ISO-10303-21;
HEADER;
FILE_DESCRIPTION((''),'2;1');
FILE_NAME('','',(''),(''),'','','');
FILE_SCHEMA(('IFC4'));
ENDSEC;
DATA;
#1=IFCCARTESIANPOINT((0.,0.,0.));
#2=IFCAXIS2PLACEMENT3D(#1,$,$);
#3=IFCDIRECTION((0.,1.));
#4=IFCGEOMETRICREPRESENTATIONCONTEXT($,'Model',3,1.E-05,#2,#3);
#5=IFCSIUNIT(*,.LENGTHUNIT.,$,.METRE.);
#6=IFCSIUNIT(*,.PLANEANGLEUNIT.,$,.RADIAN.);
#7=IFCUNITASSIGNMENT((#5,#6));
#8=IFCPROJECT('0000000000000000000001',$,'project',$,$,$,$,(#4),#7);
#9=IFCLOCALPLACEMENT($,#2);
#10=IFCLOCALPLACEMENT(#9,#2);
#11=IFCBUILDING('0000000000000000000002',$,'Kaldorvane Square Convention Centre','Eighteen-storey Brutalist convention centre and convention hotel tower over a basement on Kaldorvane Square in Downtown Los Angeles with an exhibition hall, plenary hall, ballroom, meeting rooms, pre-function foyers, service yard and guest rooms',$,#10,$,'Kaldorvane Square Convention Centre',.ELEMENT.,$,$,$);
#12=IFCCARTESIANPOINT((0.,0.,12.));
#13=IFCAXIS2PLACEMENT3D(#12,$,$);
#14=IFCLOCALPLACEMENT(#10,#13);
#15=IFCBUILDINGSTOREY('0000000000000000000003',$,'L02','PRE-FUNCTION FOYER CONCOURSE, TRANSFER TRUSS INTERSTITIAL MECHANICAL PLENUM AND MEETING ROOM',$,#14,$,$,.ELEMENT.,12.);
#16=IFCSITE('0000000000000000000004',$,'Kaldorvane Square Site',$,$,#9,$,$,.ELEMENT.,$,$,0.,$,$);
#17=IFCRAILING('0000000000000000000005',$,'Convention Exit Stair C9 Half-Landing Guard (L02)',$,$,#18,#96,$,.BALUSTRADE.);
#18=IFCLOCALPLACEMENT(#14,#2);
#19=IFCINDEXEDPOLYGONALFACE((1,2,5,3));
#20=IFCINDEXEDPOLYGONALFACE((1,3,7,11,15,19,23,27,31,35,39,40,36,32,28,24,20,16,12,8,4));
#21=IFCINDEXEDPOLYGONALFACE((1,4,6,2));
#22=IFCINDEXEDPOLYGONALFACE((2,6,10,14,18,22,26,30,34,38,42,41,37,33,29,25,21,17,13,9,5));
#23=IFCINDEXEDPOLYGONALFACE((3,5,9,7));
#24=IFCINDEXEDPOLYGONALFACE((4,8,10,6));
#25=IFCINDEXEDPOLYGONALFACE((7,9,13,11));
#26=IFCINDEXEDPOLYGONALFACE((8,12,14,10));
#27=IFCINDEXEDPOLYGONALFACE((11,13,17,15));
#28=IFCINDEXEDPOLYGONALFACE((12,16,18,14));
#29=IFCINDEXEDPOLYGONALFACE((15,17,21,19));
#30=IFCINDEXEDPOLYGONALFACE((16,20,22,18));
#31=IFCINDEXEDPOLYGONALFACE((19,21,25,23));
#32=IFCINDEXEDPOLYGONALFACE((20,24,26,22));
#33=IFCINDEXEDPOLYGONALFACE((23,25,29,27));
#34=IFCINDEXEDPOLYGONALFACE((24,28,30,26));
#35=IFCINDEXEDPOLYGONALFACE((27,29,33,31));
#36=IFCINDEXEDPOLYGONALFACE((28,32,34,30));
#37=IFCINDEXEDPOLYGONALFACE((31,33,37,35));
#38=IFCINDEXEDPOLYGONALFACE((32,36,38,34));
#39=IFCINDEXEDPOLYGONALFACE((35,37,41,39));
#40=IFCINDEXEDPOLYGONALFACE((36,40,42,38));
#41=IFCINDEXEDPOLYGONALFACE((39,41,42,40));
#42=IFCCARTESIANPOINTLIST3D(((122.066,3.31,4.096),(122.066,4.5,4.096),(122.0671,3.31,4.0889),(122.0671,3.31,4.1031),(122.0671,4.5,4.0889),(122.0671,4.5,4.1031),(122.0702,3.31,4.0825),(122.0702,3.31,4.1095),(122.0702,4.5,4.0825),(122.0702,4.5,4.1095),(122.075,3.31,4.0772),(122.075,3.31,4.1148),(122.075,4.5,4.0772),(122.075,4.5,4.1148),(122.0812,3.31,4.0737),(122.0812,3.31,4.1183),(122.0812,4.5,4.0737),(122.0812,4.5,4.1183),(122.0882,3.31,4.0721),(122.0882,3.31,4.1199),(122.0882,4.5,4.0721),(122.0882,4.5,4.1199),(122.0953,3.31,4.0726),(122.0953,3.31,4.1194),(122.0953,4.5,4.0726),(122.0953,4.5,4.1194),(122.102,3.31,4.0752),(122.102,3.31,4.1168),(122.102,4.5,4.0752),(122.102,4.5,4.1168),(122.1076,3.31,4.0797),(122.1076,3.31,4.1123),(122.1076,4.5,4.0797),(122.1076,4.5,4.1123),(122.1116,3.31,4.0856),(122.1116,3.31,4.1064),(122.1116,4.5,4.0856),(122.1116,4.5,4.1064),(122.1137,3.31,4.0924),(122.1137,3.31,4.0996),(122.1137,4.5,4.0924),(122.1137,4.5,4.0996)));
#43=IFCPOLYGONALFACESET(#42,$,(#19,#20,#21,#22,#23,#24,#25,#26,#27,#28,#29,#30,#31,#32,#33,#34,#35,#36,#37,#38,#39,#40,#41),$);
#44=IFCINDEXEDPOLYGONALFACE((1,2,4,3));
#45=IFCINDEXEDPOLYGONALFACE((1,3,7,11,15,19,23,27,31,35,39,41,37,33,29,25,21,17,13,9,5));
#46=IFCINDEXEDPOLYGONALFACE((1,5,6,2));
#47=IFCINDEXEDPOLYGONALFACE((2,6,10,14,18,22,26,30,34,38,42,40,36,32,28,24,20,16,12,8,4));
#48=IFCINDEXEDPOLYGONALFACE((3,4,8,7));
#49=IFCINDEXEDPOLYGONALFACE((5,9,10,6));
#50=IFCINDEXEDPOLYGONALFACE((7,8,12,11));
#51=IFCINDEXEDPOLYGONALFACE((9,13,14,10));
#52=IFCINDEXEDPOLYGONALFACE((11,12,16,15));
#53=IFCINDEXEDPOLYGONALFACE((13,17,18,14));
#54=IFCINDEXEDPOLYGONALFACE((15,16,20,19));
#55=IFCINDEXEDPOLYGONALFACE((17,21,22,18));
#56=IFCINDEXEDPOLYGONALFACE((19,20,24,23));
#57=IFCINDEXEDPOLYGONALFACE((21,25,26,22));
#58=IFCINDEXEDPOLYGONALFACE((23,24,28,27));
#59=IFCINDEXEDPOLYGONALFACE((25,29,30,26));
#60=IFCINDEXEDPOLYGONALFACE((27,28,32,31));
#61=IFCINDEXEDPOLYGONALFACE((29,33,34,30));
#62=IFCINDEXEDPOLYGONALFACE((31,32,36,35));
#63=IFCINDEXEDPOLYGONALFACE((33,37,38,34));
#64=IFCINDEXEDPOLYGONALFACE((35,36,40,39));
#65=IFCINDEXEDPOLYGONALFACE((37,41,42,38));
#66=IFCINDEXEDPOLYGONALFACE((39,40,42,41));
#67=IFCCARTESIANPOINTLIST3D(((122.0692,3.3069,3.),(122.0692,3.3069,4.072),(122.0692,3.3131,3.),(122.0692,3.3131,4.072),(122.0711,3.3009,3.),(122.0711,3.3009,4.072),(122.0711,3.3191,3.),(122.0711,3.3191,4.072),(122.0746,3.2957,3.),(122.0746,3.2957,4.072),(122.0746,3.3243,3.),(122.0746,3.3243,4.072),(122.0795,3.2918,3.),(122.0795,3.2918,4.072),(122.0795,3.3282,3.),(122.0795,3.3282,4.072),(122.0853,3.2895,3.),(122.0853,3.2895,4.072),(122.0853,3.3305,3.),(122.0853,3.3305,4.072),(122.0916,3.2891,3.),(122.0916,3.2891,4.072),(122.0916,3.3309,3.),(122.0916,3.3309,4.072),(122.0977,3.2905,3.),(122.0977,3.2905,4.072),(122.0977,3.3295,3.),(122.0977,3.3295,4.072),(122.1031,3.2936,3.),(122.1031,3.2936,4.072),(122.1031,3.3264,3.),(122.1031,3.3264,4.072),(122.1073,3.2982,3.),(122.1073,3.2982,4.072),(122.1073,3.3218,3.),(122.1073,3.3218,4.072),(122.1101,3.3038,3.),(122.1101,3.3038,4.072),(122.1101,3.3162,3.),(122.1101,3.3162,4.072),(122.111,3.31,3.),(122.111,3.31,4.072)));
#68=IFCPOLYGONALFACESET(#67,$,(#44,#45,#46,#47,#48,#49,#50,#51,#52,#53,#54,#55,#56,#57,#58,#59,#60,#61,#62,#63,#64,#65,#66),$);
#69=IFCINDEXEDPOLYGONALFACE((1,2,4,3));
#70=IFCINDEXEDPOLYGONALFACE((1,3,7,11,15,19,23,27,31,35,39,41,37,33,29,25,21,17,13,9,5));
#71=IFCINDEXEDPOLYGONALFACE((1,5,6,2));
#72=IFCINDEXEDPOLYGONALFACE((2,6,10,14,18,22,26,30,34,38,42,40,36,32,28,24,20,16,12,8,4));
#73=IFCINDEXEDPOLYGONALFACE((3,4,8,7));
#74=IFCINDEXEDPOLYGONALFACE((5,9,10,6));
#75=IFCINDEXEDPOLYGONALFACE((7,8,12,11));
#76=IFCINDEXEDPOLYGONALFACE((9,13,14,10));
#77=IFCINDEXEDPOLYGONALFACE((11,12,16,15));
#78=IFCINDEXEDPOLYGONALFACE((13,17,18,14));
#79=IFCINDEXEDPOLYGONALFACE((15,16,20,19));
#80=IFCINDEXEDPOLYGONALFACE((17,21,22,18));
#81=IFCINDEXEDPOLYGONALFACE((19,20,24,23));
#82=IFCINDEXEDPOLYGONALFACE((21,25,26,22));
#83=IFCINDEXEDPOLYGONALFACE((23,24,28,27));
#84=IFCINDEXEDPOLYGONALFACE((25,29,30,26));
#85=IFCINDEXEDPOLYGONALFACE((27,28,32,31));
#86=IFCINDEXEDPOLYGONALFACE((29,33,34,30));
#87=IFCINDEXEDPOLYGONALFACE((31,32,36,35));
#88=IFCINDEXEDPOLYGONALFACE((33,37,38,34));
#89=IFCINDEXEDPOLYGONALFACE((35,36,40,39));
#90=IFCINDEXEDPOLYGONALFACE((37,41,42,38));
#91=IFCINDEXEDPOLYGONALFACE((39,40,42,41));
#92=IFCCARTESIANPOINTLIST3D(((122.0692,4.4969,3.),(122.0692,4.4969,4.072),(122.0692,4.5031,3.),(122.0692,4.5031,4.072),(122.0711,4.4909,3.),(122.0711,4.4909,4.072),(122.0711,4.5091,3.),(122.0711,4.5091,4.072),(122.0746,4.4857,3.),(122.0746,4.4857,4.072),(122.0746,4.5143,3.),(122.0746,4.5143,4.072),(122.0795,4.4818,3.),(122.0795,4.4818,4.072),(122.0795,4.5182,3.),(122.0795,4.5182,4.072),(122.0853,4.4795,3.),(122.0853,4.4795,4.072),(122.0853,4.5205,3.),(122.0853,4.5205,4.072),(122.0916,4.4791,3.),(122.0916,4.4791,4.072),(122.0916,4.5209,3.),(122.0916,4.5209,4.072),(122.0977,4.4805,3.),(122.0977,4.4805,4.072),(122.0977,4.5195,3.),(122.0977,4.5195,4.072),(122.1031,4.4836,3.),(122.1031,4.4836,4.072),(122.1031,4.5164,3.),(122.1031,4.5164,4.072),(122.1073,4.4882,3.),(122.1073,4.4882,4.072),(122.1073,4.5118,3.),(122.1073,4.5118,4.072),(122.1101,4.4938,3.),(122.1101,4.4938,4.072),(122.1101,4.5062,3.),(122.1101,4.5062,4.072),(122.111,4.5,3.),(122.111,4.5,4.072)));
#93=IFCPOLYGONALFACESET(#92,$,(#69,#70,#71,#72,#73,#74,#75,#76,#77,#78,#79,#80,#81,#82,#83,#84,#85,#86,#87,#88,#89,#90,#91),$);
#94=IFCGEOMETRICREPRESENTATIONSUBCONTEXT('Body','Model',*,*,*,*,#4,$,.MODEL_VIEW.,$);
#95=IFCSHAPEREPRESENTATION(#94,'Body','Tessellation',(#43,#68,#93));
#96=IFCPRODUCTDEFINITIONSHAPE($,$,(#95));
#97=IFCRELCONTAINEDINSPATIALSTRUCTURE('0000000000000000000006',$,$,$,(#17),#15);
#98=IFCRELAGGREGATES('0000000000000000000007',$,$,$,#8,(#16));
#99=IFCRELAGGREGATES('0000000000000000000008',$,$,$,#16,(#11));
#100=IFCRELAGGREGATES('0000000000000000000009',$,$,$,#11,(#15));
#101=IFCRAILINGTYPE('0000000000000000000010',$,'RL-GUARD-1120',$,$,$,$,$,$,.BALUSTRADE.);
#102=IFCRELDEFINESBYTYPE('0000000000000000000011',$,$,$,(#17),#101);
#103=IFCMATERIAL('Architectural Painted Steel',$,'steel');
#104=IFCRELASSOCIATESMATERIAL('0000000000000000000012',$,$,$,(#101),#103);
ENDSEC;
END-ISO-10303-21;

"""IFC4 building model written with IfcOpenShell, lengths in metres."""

from ifc_helpers import new_model, si_unit, direction, frame, origin, origin_2d, place, context, subcontext, project, spatial, circle, extrude, material, type_object, element, save


model = new_model("IFC4")

# Units and contexts
model_context = context("Model", 3, precision=1e-05, world=origin(), true_north=direction((0.0, 1.0)))
body_context = subcontext(model_context, "Body", "Model", "MODEL_VIEW")
ifc_project = project(units=[si_unit("LENGTHUNIT", "METRE"), si_unit("PLANEANGLEUNIT", "RADIAN")], contexts=[model_context])

# Site, building, storey
site_placement = place(None, origin())
site = spatial("IfcSite", under=ifc_project, at=site_placement, Name="Kaldorvane Square Site", CompositionType="ELEMENT", RefElevation=0.0)
building_placement = place(site_placement, origin())
building = spatial("IfcBuilding", under=site, at=building_placement, Name="Kaldorvane Square Convention Centre", Description="Eighteen-storey Brutalist convention centre and convention hotel tower over a basement on Kaldorvane Square in Downtown Los Angeles with an exhibition hall, plenary hall, ballroom, meeting rooms, pre-function foyers, service yard and guest rooms", LongName="Kaldorvane Square Convention Centre", CompositionType="ELEMENT")
storey_placement = place(building_placement, frame((0.0, 0.0, 12.0)))
storey = spatial("IfcBuildingStorey", under=building, at=storey_placement, Name="L02", Description="PRE-FUNCTION FOYER CONCOURSE, TRANSFER TRUSS INTERSTITIAL MECHANICAL PLENUM AND MEETING ROOM", CompositionType="ELEMENT", Elevation=12.0)

# Railing
ifc_material_1 = material(Name="Architectural Painted Steel", Category="steel")
railing_type_1 = type_object("IfcRailingType", Name="RL-GUARD-1120", PredefinedType="BALUSTRADE", material=ifc_material_1)
for number, where, name in (
    (1, (122.09, 3.31, 3.0), "Convention Exit Stair C9 Half-Landing Guard (L02)"),
):
    element("IfcRailing", number, at=place(storey_placement, frame(where)), inside=storey, type_object=railing_type_1, Name=name, PredefinedType="BALUSTRADE", context=body_context, shape_type="SweptSolid", body=[
        extrude(circle(Radius=0.024, at=origin_2d()), frame((0.0, 0.0, 1.096), z_axis=(0.0, 1.0, 0.0), x_axis=(-1.0, 0.0, 0.0)), (0.0, 0.0, 1.0), 1.19),
        extrude(circle(Radius=0.021, at=origin_2d()), origin(), (0.0, 0.0, 1.0), 1.072),
        extrude(circle(Radius=0.021, at=origin_2d()), frame((0.0, 1.19, 0.0)), (0.0, 0.0, 1.0), 1.072),
    ])

save(model, "model.ifc")
